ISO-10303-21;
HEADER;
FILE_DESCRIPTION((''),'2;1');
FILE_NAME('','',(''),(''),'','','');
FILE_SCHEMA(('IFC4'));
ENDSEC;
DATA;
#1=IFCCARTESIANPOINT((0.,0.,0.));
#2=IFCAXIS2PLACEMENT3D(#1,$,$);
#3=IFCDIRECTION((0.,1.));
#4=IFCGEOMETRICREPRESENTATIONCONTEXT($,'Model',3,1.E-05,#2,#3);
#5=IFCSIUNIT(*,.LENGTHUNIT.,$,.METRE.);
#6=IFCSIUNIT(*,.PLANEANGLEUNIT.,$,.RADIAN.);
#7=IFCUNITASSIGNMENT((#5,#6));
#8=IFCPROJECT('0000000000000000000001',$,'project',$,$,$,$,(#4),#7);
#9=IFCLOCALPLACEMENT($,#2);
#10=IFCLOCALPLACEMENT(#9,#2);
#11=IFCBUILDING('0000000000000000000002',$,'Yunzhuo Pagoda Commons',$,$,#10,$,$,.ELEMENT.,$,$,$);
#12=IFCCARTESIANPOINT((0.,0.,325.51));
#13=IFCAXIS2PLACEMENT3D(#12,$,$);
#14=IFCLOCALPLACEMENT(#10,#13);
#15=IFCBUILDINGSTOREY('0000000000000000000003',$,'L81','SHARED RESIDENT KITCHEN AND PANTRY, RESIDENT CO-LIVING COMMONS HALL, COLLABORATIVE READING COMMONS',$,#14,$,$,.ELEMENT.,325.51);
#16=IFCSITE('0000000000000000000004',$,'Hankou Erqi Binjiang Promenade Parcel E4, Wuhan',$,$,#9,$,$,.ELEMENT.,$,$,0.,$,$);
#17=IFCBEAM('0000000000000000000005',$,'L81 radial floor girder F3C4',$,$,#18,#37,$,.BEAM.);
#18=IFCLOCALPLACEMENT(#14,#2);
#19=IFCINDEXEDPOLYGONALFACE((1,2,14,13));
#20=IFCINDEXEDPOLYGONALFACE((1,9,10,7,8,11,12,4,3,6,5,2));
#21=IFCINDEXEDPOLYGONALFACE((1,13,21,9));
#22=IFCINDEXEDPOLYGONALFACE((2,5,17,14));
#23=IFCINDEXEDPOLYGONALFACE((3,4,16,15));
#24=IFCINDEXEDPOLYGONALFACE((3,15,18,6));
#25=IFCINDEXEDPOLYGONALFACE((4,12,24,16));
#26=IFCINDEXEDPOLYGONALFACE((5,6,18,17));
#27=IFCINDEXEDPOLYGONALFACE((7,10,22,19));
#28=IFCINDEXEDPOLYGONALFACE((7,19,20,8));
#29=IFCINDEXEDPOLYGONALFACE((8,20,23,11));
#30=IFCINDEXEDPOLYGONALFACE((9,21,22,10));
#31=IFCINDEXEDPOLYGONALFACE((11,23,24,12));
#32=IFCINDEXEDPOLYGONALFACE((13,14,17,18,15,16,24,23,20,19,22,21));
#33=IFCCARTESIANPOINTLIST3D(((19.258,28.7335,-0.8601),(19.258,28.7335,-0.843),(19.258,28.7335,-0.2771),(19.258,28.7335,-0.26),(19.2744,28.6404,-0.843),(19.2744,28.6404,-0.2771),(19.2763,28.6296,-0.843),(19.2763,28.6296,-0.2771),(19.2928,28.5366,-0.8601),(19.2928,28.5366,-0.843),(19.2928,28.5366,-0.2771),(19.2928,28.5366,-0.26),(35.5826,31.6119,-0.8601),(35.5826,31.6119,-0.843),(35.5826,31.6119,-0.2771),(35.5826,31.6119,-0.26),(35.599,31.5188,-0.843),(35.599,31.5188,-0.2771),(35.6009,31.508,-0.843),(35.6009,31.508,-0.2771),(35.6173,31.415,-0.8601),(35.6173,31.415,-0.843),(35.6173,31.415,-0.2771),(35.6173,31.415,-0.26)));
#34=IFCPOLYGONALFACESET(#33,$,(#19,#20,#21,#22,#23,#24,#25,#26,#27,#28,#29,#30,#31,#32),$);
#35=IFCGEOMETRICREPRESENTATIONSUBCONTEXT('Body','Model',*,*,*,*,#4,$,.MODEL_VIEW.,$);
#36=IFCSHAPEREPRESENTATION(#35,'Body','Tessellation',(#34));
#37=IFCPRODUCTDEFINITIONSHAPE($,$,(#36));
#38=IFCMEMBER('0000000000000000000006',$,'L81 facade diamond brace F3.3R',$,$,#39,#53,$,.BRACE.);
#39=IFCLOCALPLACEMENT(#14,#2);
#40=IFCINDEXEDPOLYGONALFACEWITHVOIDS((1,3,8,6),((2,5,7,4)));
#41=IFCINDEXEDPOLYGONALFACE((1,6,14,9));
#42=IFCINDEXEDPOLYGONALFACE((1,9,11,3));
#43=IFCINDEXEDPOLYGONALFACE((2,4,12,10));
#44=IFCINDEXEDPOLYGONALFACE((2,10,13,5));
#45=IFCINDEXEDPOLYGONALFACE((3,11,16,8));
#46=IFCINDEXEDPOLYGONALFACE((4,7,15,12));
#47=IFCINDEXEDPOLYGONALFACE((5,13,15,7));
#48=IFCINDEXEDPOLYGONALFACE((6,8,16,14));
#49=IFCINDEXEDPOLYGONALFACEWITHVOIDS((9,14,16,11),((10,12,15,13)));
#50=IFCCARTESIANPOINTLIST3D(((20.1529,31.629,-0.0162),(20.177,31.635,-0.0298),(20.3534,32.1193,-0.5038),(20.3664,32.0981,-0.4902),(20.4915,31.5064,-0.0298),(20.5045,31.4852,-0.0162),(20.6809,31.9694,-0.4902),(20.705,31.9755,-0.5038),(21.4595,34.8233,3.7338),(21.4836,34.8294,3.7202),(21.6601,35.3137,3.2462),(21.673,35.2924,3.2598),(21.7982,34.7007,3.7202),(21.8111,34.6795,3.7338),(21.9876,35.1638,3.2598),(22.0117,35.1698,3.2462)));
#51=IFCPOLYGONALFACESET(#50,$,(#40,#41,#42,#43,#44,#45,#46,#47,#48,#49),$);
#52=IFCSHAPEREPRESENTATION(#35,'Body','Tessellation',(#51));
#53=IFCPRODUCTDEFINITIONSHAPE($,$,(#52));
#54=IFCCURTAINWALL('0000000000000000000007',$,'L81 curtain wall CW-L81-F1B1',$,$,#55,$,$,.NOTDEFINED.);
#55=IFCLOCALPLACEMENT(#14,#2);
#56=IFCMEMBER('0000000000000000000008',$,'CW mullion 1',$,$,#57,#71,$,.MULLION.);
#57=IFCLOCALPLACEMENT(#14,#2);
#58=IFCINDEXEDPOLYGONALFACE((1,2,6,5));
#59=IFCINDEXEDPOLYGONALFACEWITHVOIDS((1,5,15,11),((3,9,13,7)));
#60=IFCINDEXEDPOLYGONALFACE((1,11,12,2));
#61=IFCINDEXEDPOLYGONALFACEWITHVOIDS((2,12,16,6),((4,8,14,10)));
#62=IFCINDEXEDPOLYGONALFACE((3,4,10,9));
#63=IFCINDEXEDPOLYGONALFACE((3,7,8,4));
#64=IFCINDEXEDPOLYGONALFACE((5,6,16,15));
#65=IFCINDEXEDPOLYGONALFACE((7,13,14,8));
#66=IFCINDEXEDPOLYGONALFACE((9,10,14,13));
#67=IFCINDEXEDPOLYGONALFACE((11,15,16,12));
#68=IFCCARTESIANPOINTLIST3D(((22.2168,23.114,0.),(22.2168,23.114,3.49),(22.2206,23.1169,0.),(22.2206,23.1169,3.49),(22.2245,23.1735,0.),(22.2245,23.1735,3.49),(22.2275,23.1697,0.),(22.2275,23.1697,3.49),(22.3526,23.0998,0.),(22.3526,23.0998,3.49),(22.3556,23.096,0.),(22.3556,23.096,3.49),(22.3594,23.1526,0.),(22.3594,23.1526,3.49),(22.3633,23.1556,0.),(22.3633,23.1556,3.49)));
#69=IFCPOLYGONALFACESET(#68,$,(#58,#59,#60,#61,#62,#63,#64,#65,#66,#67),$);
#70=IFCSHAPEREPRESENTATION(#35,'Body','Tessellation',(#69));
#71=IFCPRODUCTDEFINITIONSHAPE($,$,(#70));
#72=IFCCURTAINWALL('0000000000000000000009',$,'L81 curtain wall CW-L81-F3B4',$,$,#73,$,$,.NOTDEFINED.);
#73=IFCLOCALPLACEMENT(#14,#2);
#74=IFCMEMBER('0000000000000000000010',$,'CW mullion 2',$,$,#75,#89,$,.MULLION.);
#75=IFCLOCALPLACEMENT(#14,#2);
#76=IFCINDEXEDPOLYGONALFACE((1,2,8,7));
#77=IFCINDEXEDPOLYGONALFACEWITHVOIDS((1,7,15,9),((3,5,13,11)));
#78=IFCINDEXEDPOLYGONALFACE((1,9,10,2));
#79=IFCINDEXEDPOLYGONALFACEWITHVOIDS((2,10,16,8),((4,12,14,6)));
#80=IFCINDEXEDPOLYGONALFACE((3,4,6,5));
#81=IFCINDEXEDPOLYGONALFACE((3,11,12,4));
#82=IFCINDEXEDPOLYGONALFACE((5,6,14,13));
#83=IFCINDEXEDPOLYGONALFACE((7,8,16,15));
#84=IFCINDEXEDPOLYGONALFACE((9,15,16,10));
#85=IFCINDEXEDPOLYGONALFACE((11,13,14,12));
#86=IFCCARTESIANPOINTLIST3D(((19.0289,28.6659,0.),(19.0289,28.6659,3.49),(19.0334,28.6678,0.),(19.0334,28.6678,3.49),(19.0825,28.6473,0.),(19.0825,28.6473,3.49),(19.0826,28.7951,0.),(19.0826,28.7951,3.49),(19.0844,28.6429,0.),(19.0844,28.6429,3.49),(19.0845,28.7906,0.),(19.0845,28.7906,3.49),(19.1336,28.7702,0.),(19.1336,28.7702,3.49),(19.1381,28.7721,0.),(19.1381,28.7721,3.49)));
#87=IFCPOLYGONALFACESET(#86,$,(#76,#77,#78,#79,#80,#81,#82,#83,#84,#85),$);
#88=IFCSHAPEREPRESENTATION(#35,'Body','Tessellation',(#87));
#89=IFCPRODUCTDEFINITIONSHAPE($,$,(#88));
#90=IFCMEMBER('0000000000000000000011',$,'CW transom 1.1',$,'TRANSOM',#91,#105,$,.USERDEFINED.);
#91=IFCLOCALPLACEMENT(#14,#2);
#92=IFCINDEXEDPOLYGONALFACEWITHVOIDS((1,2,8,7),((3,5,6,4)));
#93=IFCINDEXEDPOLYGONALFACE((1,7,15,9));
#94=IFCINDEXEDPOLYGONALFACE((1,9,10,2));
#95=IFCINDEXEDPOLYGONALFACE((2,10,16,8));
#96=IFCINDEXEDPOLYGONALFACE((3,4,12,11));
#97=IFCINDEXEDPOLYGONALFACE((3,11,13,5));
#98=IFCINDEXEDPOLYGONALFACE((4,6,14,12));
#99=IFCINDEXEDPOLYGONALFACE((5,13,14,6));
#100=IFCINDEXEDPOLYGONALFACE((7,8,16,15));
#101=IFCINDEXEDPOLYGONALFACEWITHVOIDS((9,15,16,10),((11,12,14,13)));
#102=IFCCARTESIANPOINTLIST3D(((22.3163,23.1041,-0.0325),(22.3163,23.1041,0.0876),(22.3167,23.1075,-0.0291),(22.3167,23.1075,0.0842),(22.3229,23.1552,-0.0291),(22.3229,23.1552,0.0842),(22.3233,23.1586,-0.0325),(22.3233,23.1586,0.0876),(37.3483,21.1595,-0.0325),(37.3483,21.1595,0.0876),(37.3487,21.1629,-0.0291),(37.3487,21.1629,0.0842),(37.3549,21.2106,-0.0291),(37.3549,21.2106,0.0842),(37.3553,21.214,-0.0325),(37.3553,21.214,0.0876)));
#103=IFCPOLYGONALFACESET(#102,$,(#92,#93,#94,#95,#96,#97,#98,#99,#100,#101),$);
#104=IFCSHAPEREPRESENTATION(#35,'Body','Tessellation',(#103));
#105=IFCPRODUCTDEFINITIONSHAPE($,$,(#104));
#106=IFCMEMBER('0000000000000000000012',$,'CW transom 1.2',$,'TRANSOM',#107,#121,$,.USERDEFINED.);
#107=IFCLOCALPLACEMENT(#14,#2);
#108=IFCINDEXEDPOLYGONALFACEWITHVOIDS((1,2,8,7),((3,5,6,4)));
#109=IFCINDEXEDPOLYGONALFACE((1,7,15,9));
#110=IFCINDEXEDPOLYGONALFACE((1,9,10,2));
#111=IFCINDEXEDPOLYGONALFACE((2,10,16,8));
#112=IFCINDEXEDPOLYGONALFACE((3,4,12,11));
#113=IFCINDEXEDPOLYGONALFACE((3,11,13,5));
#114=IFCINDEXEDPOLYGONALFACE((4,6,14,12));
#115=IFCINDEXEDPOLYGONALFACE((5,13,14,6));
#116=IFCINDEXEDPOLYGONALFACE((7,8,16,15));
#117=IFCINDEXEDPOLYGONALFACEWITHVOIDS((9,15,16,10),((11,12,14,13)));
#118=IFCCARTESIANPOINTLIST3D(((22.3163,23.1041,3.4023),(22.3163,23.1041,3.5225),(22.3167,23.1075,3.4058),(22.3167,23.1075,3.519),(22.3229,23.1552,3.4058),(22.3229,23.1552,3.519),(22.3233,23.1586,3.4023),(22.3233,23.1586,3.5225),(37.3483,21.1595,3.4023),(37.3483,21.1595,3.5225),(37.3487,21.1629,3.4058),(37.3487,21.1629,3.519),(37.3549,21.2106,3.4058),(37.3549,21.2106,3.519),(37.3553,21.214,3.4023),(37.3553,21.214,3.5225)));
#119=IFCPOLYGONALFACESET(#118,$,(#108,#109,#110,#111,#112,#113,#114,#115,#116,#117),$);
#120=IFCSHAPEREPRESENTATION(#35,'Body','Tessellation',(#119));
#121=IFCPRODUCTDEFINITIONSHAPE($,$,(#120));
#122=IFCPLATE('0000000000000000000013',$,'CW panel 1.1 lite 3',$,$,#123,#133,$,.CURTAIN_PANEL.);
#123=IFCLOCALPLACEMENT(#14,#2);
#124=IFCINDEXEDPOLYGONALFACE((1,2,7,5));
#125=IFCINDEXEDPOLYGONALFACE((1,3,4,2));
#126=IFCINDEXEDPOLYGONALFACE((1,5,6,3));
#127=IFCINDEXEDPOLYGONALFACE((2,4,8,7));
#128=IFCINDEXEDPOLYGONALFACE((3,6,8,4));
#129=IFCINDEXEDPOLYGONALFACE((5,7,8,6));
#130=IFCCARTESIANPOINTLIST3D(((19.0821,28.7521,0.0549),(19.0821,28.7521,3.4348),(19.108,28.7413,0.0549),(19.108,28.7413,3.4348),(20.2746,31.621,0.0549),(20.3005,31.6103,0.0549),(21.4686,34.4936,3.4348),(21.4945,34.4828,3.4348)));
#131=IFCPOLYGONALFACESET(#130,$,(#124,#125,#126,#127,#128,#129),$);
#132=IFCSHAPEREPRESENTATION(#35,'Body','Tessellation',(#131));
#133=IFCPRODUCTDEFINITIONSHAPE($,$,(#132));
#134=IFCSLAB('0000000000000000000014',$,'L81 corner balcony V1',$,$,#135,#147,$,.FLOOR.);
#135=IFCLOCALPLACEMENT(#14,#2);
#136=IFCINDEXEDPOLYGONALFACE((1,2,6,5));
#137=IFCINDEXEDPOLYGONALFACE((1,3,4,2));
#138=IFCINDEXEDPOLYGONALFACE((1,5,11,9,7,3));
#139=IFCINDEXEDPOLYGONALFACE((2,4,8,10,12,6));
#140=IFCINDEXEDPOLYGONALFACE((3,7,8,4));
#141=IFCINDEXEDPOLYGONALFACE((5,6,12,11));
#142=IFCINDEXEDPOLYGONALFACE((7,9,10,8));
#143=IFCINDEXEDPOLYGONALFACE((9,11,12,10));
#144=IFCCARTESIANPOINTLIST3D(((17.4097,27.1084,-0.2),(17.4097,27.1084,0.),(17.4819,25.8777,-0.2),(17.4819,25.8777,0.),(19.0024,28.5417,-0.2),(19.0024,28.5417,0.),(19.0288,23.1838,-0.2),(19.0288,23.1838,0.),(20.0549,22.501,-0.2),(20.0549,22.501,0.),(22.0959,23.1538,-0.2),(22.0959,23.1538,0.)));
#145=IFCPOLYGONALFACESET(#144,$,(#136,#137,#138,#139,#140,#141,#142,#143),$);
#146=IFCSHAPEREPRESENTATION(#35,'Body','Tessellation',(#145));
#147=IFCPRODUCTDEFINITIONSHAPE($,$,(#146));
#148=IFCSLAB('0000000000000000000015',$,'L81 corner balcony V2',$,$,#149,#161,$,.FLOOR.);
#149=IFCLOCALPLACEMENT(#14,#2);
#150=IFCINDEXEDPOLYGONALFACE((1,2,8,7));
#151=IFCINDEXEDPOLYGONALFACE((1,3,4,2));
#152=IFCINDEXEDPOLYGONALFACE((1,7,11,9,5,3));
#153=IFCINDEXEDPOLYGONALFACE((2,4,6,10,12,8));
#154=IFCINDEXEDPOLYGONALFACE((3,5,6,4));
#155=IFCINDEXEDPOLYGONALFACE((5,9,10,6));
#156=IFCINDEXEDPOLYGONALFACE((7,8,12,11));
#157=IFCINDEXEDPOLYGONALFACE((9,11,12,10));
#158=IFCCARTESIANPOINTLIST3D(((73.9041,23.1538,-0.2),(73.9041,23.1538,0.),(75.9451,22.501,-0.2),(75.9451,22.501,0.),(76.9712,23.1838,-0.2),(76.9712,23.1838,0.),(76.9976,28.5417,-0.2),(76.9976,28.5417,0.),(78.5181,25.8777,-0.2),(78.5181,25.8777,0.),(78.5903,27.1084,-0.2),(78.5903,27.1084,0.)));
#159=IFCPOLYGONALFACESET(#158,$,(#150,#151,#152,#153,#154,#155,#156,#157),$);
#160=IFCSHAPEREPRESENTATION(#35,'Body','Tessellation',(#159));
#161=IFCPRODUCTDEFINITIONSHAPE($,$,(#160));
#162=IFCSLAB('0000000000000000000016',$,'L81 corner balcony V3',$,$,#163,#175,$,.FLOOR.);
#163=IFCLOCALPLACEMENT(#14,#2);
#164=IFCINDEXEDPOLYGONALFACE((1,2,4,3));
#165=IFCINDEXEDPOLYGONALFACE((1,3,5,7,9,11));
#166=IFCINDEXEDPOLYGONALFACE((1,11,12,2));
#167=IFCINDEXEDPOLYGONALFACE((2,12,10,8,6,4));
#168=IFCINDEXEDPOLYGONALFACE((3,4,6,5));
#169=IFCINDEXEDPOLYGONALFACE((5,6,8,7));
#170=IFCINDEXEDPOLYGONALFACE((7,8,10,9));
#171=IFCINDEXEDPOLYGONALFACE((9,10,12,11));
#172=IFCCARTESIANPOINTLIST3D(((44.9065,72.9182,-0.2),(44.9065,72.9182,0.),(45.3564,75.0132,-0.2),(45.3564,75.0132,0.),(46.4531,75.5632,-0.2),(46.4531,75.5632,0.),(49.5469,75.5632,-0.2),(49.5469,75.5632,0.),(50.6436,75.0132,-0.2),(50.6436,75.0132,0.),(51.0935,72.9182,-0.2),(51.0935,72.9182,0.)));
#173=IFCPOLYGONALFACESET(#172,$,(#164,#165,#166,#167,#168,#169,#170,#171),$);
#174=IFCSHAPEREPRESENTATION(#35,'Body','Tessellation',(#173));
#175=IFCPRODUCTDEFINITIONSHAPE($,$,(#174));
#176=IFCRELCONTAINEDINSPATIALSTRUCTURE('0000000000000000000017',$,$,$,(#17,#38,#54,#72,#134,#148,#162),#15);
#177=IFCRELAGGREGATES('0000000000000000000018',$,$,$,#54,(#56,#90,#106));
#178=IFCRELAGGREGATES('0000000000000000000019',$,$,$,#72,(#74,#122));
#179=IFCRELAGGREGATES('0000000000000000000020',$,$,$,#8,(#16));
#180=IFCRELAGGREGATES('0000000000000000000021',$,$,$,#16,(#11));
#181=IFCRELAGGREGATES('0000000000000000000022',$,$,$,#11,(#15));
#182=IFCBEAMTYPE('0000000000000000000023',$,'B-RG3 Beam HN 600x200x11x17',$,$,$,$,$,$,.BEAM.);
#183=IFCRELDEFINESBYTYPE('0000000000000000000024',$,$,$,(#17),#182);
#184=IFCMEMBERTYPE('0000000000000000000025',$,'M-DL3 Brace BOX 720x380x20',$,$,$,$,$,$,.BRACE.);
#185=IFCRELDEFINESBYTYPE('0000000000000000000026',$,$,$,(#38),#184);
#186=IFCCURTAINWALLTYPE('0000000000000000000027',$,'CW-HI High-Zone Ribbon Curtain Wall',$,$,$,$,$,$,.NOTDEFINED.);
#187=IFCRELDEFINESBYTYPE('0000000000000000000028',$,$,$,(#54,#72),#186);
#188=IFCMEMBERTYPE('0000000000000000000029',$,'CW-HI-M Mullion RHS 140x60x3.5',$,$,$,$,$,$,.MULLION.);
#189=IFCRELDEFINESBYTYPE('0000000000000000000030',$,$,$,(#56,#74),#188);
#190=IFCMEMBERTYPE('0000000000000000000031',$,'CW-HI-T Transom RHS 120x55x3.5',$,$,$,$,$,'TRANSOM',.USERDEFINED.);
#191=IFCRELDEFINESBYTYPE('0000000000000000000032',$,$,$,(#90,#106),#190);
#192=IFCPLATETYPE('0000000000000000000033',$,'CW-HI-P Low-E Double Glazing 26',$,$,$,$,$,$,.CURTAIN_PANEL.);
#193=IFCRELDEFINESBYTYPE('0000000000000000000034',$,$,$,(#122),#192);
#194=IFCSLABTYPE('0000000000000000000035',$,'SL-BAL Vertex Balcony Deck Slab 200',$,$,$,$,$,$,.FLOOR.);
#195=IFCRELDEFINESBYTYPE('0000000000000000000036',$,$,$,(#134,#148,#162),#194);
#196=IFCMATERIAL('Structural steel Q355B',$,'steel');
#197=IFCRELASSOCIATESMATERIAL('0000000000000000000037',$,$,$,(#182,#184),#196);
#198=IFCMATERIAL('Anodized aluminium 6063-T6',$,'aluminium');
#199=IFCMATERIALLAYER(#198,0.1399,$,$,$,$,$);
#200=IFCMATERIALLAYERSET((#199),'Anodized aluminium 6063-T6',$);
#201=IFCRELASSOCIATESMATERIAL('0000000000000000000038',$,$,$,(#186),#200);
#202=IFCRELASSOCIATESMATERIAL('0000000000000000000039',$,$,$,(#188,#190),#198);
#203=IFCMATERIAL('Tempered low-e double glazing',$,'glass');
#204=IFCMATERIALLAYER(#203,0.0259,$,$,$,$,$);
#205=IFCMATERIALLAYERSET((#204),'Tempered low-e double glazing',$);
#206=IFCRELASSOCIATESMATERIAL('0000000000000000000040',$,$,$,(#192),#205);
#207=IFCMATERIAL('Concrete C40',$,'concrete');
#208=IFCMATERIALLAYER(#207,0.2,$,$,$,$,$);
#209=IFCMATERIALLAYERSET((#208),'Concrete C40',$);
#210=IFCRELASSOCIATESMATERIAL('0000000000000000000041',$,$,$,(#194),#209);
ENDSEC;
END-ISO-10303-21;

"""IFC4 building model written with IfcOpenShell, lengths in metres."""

from ifc_helpers import new_model, si_unit, direction, frame, origin, origin_2d, place, context, subcontext, project, spatial, polyline, hollow_rectangle, i_section, outline, extrude, source, transform, mapped, material, layer, layer_set, material_profile, profile_set, type_object, element, aggregate, save


model = new_model("IFC4")

# Units and contexts
model_context = context("Model", 3, precision=1e-05, world=origin(), true_north=direction((0.0, 1.0)))
body_context = subcontext(model_context, "Body", "Model", "MODEL_VIEW")
ifc_project = project(units=[si_unit("LENGTHUNIT", "METRE"), si_unit("PLANEANGLEUNIT", "RADIAN")], contexts=[model_context])

# Site, building, storey
site_placement = place(None, origin())
site = spatial("IfcSite", under=ifc_project, at=site_placement, Name="Hankou Erqi Binjiang Promenade Parcel E4, Wuhan", CompositionType="ELEMENT", RefElevation=0.0)
building_placement = place(site_placement, origin())
building = spatial("IfcBuilding", under=site, at=building_placement, Name="Yunzhuo Pagoda Commons", CompositionType="ELEMENT")
storey_placement = place(building_placement, frame((0.0, 0.0, 325.51)))
storey = spatial("IfcBuildingStorey", under=building, at=storey_placement, Name="L81", Description="SHARED RESIDENT KITCHEN AND PANTRY, RESIDENT CO-LIVING COMMONS HALL, COLLABORATIVE READING COMMONS", CompositionType="ELEMENT", Elevation=325.51)

# Beam
ifc_material_1 = material(Name="Structural steel Q355B", Category="steel")
ifc_material_profile_1 = material_profile(ifc_material_1, i_section(OverallWidth=0.2, OverallDepth=0.6001, WebThickness=0.011, FlangeThickness=0.0171, at=origin_2d()), Name="Structural steel Q355B")
ifc_profile_set_1 = profile_set([ifc_material_profile_1], Name="Structural steel Q355B")
beam_type = type_object("IfcBeamType", Name="B-RG3 Beam HN 600x200x11x17", PredefinedType="BEAM", material=ifc_profile_set_1)
shared_shape_1 = source(origin(), body_context, "Body", "SweptSolid", [
    extrude(i_section(OverallWidth=0.2, OverallDepth=0.6001, WebThickness=0.011, FlangeThickness=0.0171, at=origin_2d()), origin(), (0.0, 0.0, 1.0), 16.5764),
])
beam_placement = place(storey_placement, frame((19.2754, 28.635, -0.5601), z_axis=(0.984808, 0.173644, 0.0), x_axis=(-0.173644, 0.984808, 0.0)))
element("IfcBeam", 1, at=beam_placement, inside=storey, type_object=beam_type, Name="L81 radial floor girder F3C4", PredefinedType="BEAM", context=body_context, shape_type="MappedRepresentation", body=[
    mapped(shared_shape_1, transform((0.0, 0.0, 0.0), scale=1.0)),
])

# Member
ifc_material_profile_2 = material_profile(ifc_material_1, hollow_rectangle(XDim=0.3799, YDim=0.72, WallThickness=0.02, at=origin_2d()), Name="Structural steel Q355B")
ifc_profile_set_2 = profile_set([ifc_material_profile_2], Name="Structural steel Q355B")
member_type_1 = type_object("IfcMemberType", Name="M-DL3 Brace BOX 720x380x20", PredefinedType="BRACE", material=ifc_profile_set_2)
shared_shape_2 = source(origin(), body_context, "Body", "SweptSolid", [
    extrude(hollow_rectangle(XDim=0.3799, YDim=0.72, WallThickness=0.02, at=origin_2d()), origin(), (0.0, 0.0, 1.0), 5.0964),
])
member_1_placement = place(storey_placement, frame((20.429, 31.8022, -0.26), z_axis=(0.256384, 0.626779, 0.735809), x_axis=(-0.92556, 0.3786, 0.0)))
element("IfcMember", 2, at=member_1_placement, inside=storey, type_object=member_type_1, Name="L81 facade diamond brace F3.3R", PredefinedType="BRACE", context=body_context, shape_type="MappedRepresentation", body=[
    mapped(shared_shape_2, transform((0.0, 0.0, 0.0), scale=1.0)),
])

# Curtain walls, members
ifc_material_2 = material(Name="Anodized aluminium 6063-T6", Category="aluminium")
ifc_layer_1 = layer(ifc_material_2, 0.1399)
ifc_layer_set_1 = layer_set([ifc_layer_1], Name="Anodized aluminium 6063-T6")
curtain_wall_type = type_object("IfcCurtainWallType", Name="CW-HI High-Zone Ribbon Curtain Wall", PredefinedType="NOTDEFINED", material=ifc_layer_set_1)
curtain_wall_1_placement = place(storey_placement, origin())
curtain_wall_1 = element("IfcCurtainWall", 3, at=curtain_wall_1_placement, inside=storey, type_object=curtain_wall_type, Name="L81 curtain wall CW-L81-F1B1", PredefinedType="NOTDEFINED")
ifc_material_profile_3 = material_profile(ifc_material_2, hollow_rectangle(XDim=0.0601, YDim=0.1399, WallThickness=0.0034, at=origin_2d()), Name="Anodized aluminium 6063-T6")
ifc_profile_set_3 = profile_set([ifc_material_profile_3], Name="Anodized aluminium 6063-T6")
member_type_2 = type_object("IfcMemberType", Name="CW-HI-M Mullion RHS 140x60x3.5", PredefinedType="MULLION", material=ifc_profile_set_3)
shared_shape_3 = source(origin(), body_context, "Body", "SweptSolid", [
    extrude(hollow_rectangle(XDim=0.0601, YDim=0.1399, WallThickness=0.0034, at=origin_2d()), origin(), (0.0, 0.0, 1.0), 3.49),
])
member_2_placement = place(storey_placement, frame((22.29, 23.1348, 0.0), z_axis=(0.0, 0.0, 1.0), x_axis=(0.128276, 0.991739, 0.0)))
member_2 = element("IfcMember", 4, at=member_2_placement, type_object=member_type_2, Name="CW mullion 1", PredefinedType="MULLION", context=body_context, shape_type="MappedRepresentation", body=[
    mapped(shared_shape_3, transform((0.0, 0.0, 0.0), scale=1.0)),
])
curtain_wall_2_placement = place(storey_placement, origin())
curtain_wall_2 = element("IfcCurtainWall", 5, at=curtain_wall_2_placement, inside=storey, type_object=curtain_wall_type, Name="L81 curtain wall CW-L81-F3B4", PredefinedType="NOTDEFINED")
member_3_placement = place(storey_placement, frame((19.0835, 28.719, 0.0), z_axis=(0.0, 0.0, 1.0), x_axis=(0.923407, -0.383822, 0.0)))
member_3 = element("IfcMember", 6, at=member_3_placement, type_object=member_type_2, Name="CW mullion 2", PredefinedType="MULLION", context=body_context, shape_type="MappedRepresentation", body=[
    mapped(shared_shape_3, transform((0.0, 0.0, 0.0), scale=1.0)),
])

# Members
ifc_material_profile_4 = material_profile(ifc_material_2, hollow_rectangle(XDim=0.0549, YDim=0.1201, WallThickness=0.0034, at=origin_2d()), Name="Anodized aluminium 6063-T6")
ifc_profile_set_4 = profile_set([ifc_material_profile_4], Name="Anodized aluminium 6063-T6")
member_type_3 = type_object("IfcMemberType", Name="CW-HI-T Transom RHS 120x55x3.5", ElementType="TRANSOM", PredefinedType="USERDEFINED", material=ifc_profile_set_4)
shared_shape_4 = source(origin(), body_context, "Body", "SweptSolid", [
    extrude(hollow_rectangle(XDim=0.0549, YDim=0.1201, WallThickness=0.0034, at=origin_2d()), origin(), (0.0, 0.0, 1.0), 15.1572),
])
member_4_placement = place(storey_placement, frame((22.3198, 23.1313, 0.0276), z_axis=(0.991736, -0.128294, 0.0), x_axis=(0.128294, 0.991736, 0.0)))
member_4 = element("IfcMember", 7, at=member_4_placement, type_object=member_type_3, Name="CW transom 1.1", ObjectType="TRANSOM", PredefinedType="USERDEFINED", context=body_context, shape_type="MappedRepresentation", body=[
    mapped(shared_shape_4, transform((0.0, 0.0, 0.0), scale=1.0)),
])
member_5_placement = place(storey_placement, frame((22.3198, 23.1313, 3.4624), z_axis=(0.991736, -0.128294, 0.0), x_axis=(0.128294, 0.991736, 0.0)))
member_5 = element("IfcMember", 8, at=member_5_placement, type_object=member_type_3, Name="CW transom 1.2", ObjectType="TRANSOM", PredefinedType="USERDEFINED", context=body_context, shape_type="MappedRepresentation", body=[
    mapped(shared_shape_4, transform((0.0, 0.0, 0.0), scale=1.0)),
])
aggregate(curtain_wall_1, [member_2, member_4, member_5])

# Plate
ifc_material_3 = material(Name="Tempered low-e double glazing", Category="glass")
ifc_layer_2 = layer(ifc_material_3, 0.0259)
ifc_layer_set_2 = layer_set([ifc_layer_2], Name="Tempered low-e double glazing")
plate_type = type_object("IfcPlateType", Name="CW-HI-P Low-E Double Glazing 26", PredefinedType="CURTAIN_PANEL", material=ifc_layer_set_2)
plate_placement = place(storey_placement, frame((20.3013, 31.6121, 1.7449), z_axis=(-0.923407, 0.383822, 0.0), x_axis=(-0.383822, -0.923407, 0.0)))
plate = element("IfcPlate", 9, at=plate_placement, type_object=plate_type, Name="CW panel 1.1 lite 3", PredefinedType="CURTAIN_PANEL", context=body_context, shape_type="SweptSolid", body=[
    extrude(outline(polyline([(-3.1089, 1.6899), (0.002, -1.6899), (3.1089, -1.6899), (3.1089, 1.6899), (-3.1089, 1.6899)])), origin(), (0.0, 0.0, 1.0), 0.0281),
])
aggregate(curtain_wall_2, [member_3, plate])

# Slabs
ifc_material_4 = material(Name="Concrete C40", Category="concrete")
ifc_layer_3 = layer(ifc_material_4, 0.2)
ifc_layer_set_3 = layer_set([ifc_layer_3], Name="Concrete C40")
slab_type_1 = type_object("IfcSlabType", Name="SL-BAL Vertex Balcony Deck Slab 200", PredefinedType="FLOOR", material=ifc_layer_set_3)
slab_1_placement = place(storey_placement, frame((0.0, 0.0, -0.2)))
element("IfcSlab", 10, at=slab_1_placement, inside=storey, type_object=slab_type_1, Name="L81 corner balcony V1", PredefinedType="FLOOR", context=body_context, shape_type="SweptSolid", body=[
    extrude(outline(polyline([(19.0024, 28.5417), (22.0959, 23.1538), (20.0549, 22.501), (19.0288, 23.1838), (17.4819, 25.8777), (17.4097, 27.1084), (19.0024, 28.5417)])), origin(), (0.0, 0.0, 1.0), 0.2),
])
slab_2_placement = place(storey_placement, frame((0.0, 0.0, -0.2)))
element("IfcSlab", 11, at=slab_2_placement, inside=storey, type_object=slab_type_1, Name="L81 corner balcony V2", PredefinedType="FLOOR", context=body_context, shape_type="SweptSolid", body=[
    extrude(outline(polyline([(73.9041, 23.1538), (76.9976, 28.5417), (78.5903, 27.1084), (78.5181, 25.8777), (76.9712, 23.1838), (75.9451, 22.501), (73.9041, 23.1538)])), origin(), (0.0, 0.0, 1.0), 0.2),
])
slab_3_placement = place(storey_placement, frame((0.0, 0.0, -0.2)))
element("IfcSlab", 12, at=slab_3_placement, inside=storey, type_object=slab_type_1, Name="L81 corner balcony V3", PredefinedType="FLOOR", context=body_context, shape_type="SweptSolid", body=[
    extrude(outline(polyline([(51.0935, 72.9182), (44.9065, 72.9182), (45.3564, 75.0132), (46.4531, 75.5632), (49.5469, 75.5632), (50.6436, 75.0132), (51.0935, 72.9182)])), origin(), (0.0, 0.0, 1.0), 0.2),
])

save(model, "model.ifc")
